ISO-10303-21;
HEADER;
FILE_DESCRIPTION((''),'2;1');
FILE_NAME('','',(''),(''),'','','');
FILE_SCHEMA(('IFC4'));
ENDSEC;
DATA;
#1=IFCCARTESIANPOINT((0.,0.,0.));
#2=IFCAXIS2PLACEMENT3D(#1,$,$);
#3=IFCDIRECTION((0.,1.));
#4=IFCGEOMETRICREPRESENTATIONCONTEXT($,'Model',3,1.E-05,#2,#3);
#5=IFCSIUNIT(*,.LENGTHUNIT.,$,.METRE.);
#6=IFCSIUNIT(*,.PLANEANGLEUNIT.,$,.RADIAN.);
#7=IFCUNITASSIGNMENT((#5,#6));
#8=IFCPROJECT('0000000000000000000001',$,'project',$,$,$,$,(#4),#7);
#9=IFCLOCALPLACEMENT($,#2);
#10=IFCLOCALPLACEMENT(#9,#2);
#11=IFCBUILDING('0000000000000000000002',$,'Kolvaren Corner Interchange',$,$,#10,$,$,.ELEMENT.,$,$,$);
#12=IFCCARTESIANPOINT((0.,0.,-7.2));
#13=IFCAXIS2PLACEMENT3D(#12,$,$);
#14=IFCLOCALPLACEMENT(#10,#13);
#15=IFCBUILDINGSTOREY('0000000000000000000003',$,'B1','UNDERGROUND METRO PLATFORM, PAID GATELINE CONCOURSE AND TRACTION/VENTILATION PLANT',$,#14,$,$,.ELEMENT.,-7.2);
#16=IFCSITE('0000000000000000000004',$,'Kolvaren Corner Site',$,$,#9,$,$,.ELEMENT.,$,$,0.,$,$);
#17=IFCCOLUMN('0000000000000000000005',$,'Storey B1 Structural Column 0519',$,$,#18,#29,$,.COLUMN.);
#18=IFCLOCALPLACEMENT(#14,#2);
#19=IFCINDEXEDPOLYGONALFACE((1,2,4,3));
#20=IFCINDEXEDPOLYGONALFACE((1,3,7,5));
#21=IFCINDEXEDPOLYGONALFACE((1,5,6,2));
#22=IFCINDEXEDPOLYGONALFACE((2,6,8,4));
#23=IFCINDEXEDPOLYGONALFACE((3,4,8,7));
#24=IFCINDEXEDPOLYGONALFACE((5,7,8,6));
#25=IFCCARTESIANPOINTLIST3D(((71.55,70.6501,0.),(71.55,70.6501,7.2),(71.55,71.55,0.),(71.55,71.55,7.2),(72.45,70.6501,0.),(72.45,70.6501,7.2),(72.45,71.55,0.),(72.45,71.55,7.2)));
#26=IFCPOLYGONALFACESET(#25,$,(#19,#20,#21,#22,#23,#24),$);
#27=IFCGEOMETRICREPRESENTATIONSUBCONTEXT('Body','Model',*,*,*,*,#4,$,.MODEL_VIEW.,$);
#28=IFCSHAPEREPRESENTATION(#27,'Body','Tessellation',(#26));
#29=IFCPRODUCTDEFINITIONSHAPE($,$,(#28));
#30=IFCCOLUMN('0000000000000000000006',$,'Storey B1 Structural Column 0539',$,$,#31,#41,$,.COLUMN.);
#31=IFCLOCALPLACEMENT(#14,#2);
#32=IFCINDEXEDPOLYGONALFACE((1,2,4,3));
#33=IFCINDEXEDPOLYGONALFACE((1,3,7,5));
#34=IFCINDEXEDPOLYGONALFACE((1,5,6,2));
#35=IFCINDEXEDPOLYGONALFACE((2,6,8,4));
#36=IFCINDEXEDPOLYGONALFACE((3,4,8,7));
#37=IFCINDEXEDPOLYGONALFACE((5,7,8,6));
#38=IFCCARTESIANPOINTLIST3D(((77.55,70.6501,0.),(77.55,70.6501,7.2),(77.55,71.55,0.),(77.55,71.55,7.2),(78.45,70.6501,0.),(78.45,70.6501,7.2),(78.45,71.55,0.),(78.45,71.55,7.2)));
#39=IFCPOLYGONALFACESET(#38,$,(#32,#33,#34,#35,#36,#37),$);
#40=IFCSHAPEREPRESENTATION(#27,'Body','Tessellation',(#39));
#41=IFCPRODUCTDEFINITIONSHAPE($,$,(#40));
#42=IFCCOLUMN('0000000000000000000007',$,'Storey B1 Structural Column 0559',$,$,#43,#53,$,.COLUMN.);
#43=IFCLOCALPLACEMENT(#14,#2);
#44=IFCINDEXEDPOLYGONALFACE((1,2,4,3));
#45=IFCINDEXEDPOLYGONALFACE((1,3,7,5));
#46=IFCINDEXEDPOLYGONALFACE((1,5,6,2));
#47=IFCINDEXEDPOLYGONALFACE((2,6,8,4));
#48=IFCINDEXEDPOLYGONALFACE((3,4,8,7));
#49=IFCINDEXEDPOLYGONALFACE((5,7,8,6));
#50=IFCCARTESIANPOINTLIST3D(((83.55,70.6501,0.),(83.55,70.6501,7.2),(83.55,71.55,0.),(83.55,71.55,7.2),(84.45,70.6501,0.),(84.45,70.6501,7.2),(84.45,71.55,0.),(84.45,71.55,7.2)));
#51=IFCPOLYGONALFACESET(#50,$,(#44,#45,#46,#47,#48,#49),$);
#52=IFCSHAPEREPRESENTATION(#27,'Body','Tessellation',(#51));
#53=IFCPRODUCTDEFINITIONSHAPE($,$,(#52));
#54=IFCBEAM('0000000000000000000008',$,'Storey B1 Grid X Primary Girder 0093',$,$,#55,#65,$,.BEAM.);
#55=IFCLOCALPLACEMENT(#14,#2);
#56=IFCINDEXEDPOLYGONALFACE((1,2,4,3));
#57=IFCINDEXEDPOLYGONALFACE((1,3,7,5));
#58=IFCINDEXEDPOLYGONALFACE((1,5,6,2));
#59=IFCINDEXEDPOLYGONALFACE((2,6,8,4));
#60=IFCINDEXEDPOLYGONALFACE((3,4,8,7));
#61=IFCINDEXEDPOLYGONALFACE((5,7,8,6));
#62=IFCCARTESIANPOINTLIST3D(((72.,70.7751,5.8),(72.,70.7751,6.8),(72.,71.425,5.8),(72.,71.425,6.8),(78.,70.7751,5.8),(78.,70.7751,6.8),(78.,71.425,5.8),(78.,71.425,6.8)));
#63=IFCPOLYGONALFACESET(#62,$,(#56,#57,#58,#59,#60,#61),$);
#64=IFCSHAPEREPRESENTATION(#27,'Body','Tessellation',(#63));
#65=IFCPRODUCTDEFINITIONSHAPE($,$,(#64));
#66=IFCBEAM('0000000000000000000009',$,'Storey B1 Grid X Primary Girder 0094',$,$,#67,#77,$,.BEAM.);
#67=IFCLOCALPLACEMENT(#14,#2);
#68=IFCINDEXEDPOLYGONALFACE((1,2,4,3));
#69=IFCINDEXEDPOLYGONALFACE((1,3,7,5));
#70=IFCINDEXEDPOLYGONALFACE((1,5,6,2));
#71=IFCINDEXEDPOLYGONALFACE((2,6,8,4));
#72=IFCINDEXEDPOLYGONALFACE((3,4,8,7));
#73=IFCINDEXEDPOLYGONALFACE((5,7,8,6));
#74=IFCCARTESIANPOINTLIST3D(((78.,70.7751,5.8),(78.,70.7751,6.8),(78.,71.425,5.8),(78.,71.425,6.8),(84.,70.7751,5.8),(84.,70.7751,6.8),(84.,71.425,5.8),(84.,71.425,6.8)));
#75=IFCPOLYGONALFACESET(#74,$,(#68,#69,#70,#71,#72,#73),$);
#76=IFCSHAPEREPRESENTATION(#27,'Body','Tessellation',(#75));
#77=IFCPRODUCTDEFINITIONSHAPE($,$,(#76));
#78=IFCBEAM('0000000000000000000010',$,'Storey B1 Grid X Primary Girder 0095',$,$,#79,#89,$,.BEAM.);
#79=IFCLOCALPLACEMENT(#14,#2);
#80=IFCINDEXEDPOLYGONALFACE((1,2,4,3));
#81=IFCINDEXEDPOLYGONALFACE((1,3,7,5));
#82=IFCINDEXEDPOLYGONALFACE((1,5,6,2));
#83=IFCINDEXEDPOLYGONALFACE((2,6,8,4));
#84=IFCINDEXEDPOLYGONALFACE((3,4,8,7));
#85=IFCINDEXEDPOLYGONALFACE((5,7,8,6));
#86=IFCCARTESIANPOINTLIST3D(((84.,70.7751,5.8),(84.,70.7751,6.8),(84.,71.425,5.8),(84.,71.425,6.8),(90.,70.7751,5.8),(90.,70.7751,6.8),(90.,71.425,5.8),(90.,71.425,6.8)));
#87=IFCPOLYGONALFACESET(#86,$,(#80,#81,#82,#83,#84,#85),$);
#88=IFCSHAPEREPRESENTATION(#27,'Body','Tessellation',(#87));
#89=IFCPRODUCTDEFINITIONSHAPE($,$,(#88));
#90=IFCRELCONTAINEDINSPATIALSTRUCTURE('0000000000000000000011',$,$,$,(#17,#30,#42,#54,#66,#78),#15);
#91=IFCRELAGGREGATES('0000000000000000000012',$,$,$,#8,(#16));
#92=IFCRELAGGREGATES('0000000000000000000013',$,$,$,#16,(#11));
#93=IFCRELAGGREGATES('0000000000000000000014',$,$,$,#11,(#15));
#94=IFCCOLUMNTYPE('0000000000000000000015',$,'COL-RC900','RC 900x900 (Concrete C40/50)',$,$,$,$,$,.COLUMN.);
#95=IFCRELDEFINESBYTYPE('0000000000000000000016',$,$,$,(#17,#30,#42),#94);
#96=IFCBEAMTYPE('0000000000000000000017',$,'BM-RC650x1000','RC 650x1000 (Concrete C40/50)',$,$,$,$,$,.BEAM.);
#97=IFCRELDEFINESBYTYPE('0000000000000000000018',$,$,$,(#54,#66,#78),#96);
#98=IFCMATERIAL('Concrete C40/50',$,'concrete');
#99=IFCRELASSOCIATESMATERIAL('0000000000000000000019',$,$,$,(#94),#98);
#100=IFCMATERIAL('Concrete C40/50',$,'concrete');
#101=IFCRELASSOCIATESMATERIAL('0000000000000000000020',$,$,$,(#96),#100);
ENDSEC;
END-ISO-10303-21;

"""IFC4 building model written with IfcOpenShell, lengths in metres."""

from ifc_helpers import new_model, si_unit, direction, frame, origin, origin_2d, place, context, subcontext, project, spatial, rectangle, extrude, material, material_profile, profile_set, type_object, element, save


model = new_model("IFC4")

# Units and contexts
model_context = context("Model", 3, precision=1e-05, world=origin(), true_north=direction((0.0, 1.0)))
body_context = subcontext(model_context, "Body", "Model", "MODEL_VIEW")
ifc_project = project(units=[si_unit("LENGTHUNIT", "METRE"), si_unit("PLANEANGLEUNIT", "RADIAN")], contexts=[model_context])

# Site, building, storey
site_placement = place(None, origin())
site = spatial("IfcSite", under=ifc_project, at=site_placement, Name="Kolvaren Corner Site", CompositionType="ELEMENT", RefElevation=0.0)
building_placement = place(site_placement, origin())
building = spatial("IfcBuilding", under=site, at=building_placement, Name="Kolvaren Corner Interchange", CompositionType="ELEMENT")
storey_placement = place(building_placement, frame((0.0, 0.0, -7.2)))
storey = spatial("IfcBuildingStorey", under=building, at=storey_placement, Name="B1", Description="UNDERGROUND METRO PLATFORM, PAID GATELINE CONCOURSE AND TRACTION/VENTILATION PLANT", CompositionType="ELEMENT", Elevation=-7.2)

# Columns
ifc_material_1 = material(Name="Concrete C40/50", Category="concrete")
ifc_material_profile_1 = material_profile(ifc_material_1, rectangle(XDim=0.8999, YDim=0.8999, at=origin_2d()), Name="RC 900x900")
ifc_profile_set_1 = profile_set([ifc_material_profile_1], Name="Concrete C40/50")
column_type = type_object("IfcColumnType", Name="COL-RC900", Description="RC 900x900 (Concrete C40/50)", PredefinedType="COLUMN", material=ifc_profile_set_1)
for number, where, z_axis, x_axis, name in (
    (1, (72.0, 71.1001, 0.0), (0.0, 0.0, 1.0), (1.0, 0.0, 0.0), "Storey B1 Structural Column 0519"),
    (2, (78.0, 71.1001, 0.0), (0.0, 0.0, 1.0), (1.0, 0.0, 0.0), "Storey B1 Structural Column 0539"),
    (3, (84.0, 71.1001, 0.0), (0.0, 0.0, 1.0), (1.0, 0.0, 0.0), "Storey B1 Structural Column 0559"),
):
    element("IfcColumn", number, at=place(storey_placement, frame(where, z_axis=z_axis, x_axis=x_axis)), inside=storey, type_object=column_type, Name=name, PredefinedType="COLUMN", context=body_context, shape_type="SweptSolid", body=[
        extrude(rectangle(XDim=0.8999, YDim=0.8999, at=origin_2d()), origin(), (0.0, 0.0, 1.0), 7.2),
    ])

# Beams
ifc_material_2 = material(Name="Concrete C40/50", Category="concrete")
ifc_material_profile_2 = material_profile(ifc_material_2, rectangle(XDim=0.6499, YDim=1.0, at=origin_2d()), Name="RC 650x1000")
ifc_profile_set_2 = profile_set([ifc_material_profile_2], Name="Concrete C40/50")
beam_type = type_object("IfcBeamType", Name="BM-RC650x1000", Description="RC 650x1000 (Concrete C40/50)", PredefinedType="BEAM", material=ifc_profile_set_2)
for number, where, z_axis, x_axis, name in (
    (4, (72.0, 71.1001, 6.3), (1.0, 0.0, 0.0), (0.0, 1.0, 0.0), "Storey B1 Grid X Primary Girder 0093"),
    (5, (78.0, 71.1001, 6.3), (1.0, 0.0, 0.0), (0.0, 1.0, 0.0), "Storey B1 Grid X Primary Girder 0094"),
    (6, (84.0, 71.1001, 6.3), (1.0, 0.0, 0.0), (0.0, 1.0, 0.0), "Storey B1 Grid X Primary Girder 0095"),
):
    element("IfcBeam", number, at=place(storey_placement, frame(where, z_axis=z_axis, x_axis=x_axis)), inside=storey, type_object=beam_type, Name=name, PredefinedType="BEAM", context=body_context, shape_type="SweptSolid", body=[
        extrude(rectangle(XDim=0.6499, YDim=1.0, at=origin_2d()), origin(), (0.0, 0.0, 1.0), 6.0),
    ])

save(model, "model.ifc")
